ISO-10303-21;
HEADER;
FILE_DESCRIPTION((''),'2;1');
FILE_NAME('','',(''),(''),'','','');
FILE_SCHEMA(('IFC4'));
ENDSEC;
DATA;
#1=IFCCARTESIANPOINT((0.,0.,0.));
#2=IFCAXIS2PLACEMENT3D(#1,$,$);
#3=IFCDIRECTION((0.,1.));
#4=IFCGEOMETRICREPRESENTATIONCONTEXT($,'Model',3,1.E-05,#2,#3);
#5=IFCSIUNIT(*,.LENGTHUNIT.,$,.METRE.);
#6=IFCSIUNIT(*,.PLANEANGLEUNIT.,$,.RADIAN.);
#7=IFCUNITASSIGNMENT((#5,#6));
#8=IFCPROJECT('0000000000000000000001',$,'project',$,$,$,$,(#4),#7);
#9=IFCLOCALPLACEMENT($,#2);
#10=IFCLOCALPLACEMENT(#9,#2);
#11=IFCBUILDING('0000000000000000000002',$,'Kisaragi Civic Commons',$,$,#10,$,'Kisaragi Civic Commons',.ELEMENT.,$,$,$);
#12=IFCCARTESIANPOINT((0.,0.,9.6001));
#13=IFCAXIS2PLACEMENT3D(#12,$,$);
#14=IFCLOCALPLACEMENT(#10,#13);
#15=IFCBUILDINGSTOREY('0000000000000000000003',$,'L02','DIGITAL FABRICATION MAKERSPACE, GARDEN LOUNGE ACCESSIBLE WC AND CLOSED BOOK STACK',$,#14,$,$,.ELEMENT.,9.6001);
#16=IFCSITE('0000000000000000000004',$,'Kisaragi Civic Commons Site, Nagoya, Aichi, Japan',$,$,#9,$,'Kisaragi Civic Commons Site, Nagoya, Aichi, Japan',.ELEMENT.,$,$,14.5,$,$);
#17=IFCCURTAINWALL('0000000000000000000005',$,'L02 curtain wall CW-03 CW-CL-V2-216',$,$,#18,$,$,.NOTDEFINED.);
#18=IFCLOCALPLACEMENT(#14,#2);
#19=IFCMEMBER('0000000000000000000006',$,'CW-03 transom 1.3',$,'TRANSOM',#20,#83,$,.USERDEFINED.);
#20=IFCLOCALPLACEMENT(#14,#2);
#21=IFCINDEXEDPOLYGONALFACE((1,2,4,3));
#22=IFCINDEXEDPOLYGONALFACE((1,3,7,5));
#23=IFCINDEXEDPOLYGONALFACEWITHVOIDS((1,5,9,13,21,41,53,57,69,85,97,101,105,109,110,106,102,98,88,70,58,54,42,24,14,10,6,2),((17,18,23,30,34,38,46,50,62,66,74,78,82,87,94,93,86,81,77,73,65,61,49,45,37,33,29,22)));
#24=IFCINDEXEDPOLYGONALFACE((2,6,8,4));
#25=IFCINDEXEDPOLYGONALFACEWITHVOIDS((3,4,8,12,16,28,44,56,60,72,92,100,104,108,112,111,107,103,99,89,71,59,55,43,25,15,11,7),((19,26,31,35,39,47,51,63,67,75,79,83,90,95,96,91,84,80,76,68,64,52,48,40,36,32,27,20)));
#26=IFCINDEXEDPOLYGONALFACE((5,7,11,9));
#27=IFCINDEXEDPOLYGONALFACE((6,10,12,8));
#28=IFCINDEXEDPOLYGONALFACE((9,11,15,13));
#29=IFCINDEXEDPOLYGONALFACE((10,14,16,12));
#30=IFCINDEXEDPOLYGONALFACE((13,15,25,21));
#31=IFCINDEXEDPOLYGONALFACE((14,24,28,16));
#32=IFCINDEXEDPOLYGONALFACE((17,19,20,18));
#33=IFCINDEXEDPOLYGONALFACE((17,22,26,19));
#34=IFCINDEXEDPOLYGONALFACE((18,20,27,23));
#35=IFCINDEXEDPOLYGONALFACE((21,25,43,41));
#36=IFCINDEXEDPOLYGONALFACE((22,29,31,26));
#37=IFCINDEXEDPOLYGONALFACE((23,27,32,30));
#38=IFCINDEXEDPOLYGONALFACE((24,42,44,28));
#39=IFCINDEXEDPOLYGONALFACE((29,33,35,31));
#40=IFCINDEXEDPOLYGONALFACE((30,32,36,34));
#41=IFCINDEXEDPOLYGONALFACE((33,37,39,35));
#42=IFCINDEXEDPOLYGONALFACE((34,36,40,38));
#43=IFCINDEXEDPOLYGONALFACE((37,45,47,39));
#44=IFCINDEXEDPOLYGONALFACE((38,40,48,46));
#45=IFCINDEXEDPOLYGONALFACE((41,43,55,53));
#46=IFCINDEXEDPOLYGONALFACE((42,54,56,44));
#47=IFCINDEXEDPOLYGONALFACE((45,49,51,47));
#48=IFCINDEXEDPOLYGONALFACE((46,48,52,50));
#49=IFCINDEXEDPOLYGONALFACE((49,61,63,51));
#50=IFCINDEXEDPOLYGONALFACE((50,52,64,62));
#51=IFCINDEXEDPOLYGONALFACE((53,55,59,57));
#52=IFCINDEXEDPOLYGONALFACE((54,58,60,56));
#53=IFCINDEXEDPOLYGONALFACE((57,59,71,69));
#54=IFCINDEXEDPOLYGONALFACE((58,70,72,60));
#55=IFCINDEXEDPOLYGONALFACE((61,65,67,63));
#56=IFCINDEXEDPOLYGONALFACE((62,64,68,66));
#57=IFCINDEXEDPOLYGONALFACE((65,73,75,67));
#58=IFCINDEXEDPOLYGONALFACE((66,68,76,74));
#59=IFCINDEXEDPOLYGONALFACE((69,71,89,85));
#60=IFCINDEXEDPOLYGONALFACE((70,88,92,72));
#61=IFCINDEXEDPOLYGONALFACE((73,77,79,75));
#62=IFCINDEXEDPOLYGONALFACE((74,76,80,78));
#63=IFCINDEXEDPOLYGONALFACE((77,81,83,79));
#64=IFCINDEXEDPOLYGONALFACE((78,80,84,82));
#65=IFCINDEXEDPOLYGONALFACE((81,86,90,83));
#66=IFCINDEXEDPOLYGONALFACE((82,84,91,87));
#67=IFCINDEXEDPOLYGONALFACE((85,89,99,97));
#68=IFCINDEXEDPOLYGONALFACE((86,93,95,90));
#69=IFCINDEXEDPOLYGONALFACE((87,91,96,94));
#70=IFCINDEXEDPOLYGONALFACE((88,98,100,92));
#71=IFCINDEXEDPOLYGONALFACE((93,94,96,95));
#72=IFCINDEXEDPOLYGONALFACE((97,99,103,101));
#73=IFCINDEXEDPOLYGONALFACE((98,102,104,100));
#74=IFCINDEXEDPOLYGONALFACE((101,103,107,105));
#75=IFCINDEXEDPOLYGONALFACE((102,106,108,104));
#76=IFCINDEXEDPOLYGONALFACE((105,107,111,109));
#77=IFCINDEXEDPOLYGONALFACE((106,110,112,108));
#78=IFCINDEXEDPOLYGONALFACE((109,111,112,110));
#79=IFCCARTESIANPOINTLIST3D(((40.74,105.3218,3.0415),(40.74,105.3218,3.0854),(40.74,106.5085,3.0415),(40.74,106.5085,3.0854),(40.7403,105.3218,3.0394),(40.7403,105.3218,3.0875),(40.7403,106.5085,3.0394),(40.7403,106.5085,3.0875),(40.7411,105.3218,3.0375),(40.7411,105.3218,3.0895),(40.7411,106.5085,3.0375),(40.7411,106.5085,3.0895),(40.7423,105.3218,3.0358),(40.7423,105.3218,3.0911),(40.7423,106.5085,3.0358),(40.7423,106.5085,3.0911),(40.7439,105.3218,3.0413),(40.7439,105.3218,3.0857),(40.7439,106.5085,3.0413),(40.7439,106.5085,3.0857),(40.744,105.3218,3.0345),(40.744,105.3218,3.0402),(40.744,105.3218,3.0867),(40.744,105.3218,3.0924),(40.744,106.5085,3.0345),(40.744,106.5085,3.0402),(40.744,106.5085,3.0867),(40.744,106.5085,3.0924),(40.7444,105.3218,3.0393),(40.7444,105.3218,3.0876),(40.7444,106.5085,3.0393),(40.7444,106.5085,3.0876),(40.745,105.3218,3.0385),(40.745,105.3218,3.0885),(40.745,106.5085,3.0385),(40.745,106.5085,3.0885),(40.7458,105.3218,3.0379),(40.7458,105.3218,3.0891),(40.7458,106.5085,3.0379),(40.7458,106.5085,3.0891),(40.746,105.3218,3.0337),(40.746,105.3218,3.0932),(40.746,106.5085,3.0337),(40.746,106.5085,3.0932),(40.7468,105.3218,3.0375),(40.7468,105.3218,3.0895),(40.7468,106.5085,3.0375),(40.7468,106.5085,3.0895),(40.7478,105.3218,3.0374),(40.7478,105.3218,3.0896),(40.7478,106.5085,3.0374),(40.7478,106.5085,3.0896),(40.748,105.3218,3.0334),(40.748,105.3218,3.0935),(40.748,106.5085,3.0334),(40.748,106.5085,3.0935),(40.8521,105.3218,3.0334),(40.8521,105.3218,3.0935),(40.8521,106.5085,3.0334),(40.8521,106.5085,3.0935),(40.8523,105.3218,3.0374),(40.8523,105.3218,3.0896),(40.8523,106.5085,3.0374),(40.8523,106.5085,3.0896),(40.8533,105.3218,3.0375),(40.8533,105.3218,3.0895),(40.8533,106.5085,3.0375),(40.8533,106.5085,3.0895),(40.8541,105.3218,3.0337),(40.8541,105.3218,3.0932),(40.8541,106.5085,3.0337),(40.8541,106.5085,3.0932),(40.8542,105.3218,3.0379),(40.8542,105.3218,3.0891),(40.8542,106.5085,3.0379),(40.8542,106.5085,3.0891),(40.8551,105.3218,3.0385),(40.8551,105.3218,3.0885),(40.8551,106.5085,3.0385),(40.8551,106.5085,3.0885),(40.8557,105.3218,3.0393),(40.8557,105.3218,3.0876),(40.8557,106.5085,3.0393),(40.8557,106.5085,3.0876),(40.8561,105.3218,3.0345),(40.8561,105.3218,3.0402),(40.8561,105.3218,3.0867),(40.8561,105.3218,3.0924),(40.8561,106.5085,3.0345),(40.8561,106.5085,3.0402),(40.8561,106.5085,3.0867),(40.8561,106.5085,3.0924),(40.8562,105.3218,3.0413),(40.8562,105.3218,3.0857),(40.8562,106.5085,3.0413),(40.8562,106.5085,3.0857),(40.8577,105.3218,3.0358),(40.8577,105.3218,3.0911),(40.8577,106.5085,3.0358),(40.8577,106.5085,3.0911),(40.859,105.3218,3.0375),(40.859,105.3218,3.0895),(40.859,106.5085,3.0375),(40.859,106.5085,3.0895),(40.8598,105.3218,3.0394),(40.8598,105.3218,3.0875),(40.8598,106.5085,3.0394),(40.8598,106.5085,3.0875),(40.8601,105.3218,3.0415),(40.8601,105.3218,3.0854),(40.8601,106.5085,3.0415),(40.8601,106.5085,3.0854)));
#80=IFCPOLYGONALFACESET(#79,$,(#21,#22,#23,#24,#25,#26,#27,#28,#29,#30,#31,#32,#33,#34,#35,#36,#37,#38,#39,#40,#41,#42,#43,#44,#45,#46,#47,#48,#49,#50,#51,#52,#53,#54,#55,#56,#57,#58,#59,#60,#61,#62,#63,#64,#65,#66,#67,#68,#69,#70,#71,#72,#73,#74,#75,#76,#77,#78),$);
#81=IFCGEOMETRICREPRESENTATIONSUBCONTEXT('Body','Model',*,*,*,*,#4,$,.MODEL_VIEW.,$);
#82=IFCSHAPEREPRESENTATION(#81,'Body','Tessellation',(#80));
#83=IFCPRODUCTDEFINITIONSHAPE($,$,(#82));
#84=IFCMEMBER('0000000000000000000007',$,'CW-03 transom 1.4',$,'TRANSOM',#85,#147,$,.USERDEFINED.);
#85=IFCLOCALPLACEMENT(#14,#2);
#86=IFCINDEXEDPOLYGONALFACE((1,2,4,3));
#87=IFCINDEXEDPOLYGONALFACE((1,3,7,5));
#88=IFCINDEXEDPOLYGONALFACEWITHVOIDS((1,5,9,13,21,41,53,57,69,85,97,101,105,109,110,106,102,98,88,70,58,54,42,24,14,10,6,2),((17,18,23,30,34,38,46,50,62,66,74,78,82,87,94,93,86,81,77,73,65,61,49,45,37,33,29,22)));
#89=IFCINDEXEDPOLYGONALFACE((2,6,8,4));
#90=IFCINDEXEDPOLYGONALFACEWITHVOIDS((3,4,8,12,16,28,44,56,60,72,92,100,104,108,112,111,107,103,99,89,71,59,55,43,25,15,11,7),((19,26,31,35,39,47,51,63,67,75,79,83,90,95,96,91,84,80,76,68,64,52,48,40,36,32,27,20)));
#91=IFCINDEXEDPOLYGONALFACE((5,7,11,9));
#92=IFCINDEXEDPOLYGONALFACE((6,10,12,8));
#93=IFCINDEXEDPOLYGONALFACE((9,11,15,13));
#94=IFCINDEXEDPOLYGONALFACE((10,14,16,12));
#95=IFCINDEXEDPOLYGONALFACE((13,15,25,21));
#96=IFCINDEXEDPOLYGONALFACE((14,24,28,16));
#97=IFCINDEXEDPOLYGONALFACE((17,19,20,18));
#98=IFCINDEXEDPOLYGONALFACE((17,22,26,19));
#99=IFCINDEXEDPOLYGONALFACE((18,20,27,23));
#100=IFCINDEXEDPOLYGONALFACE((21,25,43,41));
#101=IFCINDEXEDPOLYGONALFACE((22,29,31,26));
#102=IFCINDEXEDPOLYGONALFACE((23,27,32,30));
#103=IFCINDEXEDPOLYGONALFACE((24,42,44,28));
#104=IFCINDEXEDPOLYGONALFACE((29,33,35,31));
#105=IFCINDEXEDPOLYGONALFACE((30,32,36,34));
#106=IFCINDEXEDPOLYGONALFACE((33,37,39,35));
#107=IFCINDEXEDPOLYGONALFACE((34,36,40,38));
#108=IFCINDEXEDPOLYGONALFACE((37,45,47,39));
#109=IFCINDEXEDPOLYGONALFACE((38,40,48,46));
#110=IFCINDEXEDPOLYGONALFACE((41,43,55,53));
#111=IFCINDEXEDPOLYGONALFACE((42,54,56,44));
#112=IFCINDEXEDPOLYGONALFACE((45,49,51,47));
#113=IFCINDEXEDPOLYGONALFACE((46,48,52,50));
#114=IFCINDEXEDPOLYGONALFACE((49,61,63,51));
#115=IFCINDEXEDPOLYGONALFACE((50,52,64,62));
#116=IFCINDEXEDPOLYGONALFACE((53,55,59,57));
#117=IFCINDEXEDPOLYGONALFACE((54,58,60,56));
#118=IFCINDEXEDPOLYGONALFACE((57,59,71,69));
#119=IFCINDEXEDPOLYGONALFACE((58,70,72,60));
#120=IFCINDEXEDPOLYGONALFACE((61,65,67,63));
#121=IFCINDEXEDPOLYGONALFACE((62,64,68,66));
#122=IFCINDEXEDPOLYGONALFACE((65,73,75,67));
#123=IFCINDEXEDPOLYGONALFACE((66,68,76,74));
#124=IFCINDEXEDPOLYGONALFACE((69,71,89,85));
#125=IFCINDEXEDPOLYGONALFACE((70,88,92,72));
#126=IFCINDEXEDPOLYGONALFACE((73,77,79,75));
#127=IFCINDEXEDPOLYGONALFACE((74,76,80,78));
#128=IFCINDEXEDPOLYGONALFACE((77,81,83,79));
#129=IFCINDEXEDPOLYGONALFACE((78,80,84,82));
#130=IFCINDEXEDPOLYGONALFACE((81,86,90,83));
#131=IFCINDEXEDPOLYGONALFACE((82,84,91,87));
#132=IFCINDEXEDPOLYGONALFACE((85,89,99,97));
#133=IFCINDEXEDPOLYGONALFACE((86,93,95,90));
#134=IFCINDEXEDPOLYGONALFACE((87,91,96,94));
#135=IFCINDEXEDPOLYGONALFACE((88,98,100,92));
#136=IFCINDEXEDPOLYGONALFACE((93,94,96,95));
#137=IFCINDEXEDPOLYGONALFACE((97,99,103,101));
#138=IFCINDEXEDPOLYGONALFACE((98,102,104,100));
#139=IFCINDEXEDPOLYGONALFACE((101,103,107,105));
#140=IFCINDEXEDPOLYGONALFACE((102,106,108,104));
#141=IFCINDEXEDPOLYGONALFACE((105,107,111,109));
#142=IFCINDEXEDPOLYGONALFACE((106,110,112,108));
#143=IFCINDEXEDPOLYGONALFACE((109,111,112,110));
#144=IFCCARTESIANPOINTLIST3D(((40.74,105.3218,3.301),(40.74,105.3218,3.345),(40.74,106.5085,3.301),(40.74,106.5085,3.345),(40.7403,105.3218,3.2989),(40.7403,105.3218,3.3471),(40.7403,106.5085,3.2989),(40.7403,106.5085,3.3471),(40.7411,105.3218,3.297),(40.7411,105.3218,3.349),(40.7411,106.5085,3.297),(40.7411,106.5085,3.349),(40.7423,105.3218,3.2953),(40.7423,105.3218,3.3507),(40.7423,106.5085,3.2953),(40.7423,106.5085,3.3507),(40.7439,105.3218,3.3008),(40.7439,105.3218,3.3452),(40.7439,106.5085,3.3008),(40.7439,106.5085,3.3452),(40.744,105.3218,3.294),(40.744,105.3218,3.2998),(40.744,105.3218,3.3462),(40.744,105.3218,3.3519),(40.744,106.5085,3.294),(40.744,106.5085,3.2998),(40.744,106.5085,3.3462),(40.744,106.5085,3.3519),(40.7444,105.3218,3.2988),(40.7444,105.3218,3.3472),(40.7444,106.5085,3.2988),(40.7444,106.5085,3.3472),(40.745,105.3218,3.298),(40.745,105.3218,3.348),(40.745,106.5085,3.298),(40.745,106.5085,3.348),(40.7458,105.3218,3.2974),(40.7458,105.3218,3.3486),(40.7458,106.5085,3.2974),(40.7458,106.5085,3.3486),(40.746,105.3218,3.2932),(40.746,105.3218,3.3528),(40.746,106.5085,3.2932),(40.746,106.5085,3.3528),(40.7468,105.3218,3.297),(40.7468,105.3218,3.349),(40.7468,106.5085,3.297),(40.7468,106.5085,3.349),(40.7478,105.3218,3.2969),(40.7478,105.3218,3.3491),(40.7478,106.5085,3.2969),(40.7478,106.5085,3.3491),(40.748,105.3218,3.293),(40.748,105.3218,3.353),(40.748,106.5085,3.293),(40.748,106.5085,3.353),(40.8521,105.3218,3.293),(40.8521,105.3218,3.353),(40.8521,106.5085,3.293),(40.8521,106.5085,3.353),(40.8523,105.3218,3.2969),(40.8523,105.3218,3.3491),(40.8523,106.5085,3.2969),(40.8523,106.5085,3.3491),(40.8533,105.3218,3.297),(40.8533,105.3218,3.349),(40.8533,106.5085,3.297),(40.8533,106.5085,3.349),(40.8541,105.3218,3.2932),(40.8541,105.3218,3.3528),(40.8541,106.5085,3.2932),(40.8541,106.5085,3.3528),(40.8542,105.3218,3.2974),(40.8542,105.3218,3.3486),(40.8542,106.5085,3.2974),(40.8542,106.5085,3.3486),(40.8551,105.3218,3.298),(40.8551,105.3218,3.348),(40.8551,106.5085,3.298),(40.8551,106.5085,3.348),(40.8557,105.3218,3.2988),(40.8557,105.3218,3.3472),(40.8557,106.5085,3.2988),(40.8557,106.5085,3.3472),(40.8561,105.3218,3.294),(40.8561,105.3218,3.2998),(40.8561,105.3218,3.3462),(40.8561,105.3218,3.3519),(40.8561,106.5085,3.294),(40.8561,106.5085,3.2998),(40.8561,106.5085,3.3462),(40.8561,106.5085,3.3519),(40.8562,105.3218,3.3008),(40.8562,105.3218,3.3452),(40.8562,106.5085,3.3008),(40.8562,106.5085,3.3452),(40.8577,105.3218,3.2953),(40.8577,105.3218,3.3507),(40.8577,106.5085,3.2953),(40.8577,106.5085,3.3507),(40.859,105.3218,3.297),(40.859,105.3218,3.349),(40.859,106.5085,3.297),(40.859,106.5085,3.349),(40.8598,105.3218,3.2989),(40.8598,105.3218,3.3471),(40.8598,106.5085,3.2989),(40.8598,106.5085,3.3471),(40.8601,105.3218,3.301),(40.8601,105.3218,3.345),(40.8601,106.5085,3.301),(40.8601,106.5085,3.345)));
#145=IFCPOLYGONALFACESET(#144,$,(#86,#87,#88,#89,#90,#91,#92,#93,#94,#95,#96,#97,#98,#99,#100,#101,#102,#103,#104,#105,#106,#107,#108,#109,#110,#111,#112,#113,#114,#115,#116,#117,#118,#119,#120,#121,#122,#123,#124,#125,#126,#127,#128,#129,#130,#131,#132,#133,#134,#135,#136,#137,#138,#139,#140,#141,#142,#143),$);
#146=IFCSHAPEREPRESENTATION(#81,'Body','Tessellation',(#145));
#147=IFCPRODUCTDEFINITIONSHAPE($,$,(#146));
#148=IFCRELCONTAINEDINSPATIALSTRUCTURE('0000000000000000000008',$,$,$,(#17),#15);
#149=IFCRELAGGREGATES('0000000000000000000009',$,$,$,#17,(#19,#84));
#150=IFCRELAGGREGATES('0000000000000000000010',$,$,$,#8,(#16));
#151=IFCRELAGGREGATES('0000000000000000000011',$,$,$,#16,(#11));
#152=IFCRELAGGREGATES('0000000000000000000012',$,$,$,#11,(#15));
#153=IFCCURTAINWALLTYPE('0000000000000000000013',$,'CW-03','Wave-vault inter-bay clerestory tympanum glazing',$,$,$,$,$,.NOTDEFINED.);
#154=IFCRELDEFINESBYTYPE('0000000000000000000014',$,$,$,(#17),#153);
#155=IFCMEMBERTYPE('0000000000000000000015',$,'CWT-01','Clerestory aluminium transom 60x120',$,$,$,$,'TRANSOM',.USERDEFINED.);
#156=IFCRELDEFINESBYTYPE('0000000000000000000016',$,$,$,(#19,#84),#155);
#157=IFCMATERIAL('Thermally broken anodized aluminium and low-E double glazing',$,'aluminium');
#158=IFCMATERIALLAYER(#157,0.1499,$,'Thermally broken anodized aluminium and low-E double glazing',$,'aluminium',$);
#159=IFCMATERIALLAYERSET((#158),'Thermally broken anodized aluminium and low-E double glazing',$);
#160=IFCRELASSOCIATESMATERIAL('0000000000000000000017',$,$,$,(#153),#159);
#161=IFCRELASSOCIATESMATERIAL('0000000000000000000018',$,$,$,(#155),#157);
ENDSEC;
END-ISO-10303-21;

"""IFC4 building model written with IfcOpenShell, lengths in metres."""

from ifc_helpers import new_model, si_unit, direction, frame, origin, origin_2d, place, context, subcontext, project, spatial, hollow_rectangle, extrude, material, layer, layer_set, material_profile, profile_set, type_object, element, aggregate, save


model = new_model("IFC4")

# Units and contexts
model_context = context("Model", 3, precision=1e-05, world=origin(), true_north=direction((0.0, 1.0)))
body_context = subcontext(model_context, "Body", "Model", "MODEL_VIEW")
ifc_project = project(units=[si_unit("LENGTHUNIT", "METRE"), si_unit("PLANEANGLEUNIT", "RADIAN")], contexts=[model_context])

# Site, building, storey
site_placement = place(None, origin())
site = spatial("IfcSite", under=ifc_project, at=site_placement, Name="Kisaragi Civic Commons Site, Nagoya, Aichi, Japan", LongName="Kisaragi Civic Commons Site, Nagoya, Aichi, Japan", CompositionType="ELEMENT", RefElevation=14.5)
building_placement = place(site_placement, origin())
building = spatial("IfcBuilding", under=site, at=building_placement, Name="Kisaragi Civic Commons", LongName="Kisaragi Civic Commons", CompositionType="ELEMENT")
storey_placement = place(building_placement, frame((0.0, 0.0, 9.6001)))
storey = spatial("IfcBuildingStorey", under=building, at=storey_placement, Name="L02", Description="DIGITAL FABRICATION MAKERSPACE, GARDEN LOUNGE ACCESSIBLE WC AND CLOSED BOOK STACK", CompositionType="ELEMENT", Elevation=9.6001)

# Curtain wall, members
ifc_material_1 = material(Name="Thermally broken anodized aluminium and low-E double glazing", Category="aluminium")
ifc_layer_1 = layer(ifc_material_1, 0.1499, Name="Thermally broken anodized aluminium and low-E double glazing", Category="aluminium")
ifc_layer_set_1 = layer_set([ifc_layer_1], Name="Thermally broken anodized aluminium and low-E double glazing")
curtain_wall_type = type_object("IfcCurtainWallType", Name="CW-03", Description="Wave-vault inter-bay clerestory tympanum glazing", PredefinedType="NOTDEFINED", material=ifc_layer_set_1)
curtain_wall_placement = place(storey_placement, origin())
curtain_wall = element("IfcCurtainWall", 1, at=curtain_wall_placement, inside=storey, type_object=curtain_wall_type, Name="L02 curtain wall CW-03 CW-CL-V2-216", PredefinedType="NOTDEFINED")
ifc_material_profile_1 = material_profile(ifc_material_1, hollow_rectangle(XDim=0.1201, YDim=0.0601, WallThickness=0.0039, InnerFilletRadius=0.0039, OuterFilletRadius=0.0081, at=origin_2d()), Name="CWT-60x120x4", Category="aluminium")
ifc_profile_set_1 = profile_set([ifc_material_profile_1], Name="Thermally broken anodized aluminium and low-E double glazing")
member_type_1 = type_object("IfcMemberType", Name="CWT-01", Description="Clerestory aluminium transom 60x120", ElementType="TRANSOM", PredefinedType="USERDEFINED", material=ifc_profile_set_1)
member_1_placement = place(storey_placement, frame((40.8, 105.3218, 3.0635), z_axis=(0.0, 1.0, 0.0), x_axis=(-1.0, 0.0, 0.0)))
member_1 = element("IfcMember", 2, at=member_1_placement, type_object=member_type_1, Name="CW-03 transom 1.3", ObjectType="TRANSOM", PredefinedType="USERDEFINED", context=body_context, shape_type="SweptSolid", body=[
    extrude(hollow_rectangle(XDim=0.1201, YDim=0.0601, WallThickness=0.0039, InnerFilletRadius=0.0039, OuterFilletRadius=0.0081, at=origin_2d()), origin(), (0.0, 0.0, 1.0), 1.1868),
])
member_2_placement = place(storey_placement, frame((40.8, 105.3218, 3.323), z_axis=(0.0, 1.0, 0.0), x_axis=(-1.0, 0.0, 0.0)))
member_2 = element("IfcMember", 3, at=member_2_placement, type_object=member_type_1, Name="CW-03 transom 1.4", ObjectType="TRANSOM", PredefinedType="USERDEFINED", context=body_context, shape_type="SweptSolid", body=[
    extrude(hollow_rectangle(XDim=0.1201, YDim=0.0601, WallThickness=0.0039, InnerFilletRadius=0.0039, OuterFilletRadius=0.0081, at=origin_2d()), origin(), (0.0, 0.0, 1.0), 1.1868),
])

aggregate(curtain_wall, [member_1, member_2])

save(model, "model.ifc")
